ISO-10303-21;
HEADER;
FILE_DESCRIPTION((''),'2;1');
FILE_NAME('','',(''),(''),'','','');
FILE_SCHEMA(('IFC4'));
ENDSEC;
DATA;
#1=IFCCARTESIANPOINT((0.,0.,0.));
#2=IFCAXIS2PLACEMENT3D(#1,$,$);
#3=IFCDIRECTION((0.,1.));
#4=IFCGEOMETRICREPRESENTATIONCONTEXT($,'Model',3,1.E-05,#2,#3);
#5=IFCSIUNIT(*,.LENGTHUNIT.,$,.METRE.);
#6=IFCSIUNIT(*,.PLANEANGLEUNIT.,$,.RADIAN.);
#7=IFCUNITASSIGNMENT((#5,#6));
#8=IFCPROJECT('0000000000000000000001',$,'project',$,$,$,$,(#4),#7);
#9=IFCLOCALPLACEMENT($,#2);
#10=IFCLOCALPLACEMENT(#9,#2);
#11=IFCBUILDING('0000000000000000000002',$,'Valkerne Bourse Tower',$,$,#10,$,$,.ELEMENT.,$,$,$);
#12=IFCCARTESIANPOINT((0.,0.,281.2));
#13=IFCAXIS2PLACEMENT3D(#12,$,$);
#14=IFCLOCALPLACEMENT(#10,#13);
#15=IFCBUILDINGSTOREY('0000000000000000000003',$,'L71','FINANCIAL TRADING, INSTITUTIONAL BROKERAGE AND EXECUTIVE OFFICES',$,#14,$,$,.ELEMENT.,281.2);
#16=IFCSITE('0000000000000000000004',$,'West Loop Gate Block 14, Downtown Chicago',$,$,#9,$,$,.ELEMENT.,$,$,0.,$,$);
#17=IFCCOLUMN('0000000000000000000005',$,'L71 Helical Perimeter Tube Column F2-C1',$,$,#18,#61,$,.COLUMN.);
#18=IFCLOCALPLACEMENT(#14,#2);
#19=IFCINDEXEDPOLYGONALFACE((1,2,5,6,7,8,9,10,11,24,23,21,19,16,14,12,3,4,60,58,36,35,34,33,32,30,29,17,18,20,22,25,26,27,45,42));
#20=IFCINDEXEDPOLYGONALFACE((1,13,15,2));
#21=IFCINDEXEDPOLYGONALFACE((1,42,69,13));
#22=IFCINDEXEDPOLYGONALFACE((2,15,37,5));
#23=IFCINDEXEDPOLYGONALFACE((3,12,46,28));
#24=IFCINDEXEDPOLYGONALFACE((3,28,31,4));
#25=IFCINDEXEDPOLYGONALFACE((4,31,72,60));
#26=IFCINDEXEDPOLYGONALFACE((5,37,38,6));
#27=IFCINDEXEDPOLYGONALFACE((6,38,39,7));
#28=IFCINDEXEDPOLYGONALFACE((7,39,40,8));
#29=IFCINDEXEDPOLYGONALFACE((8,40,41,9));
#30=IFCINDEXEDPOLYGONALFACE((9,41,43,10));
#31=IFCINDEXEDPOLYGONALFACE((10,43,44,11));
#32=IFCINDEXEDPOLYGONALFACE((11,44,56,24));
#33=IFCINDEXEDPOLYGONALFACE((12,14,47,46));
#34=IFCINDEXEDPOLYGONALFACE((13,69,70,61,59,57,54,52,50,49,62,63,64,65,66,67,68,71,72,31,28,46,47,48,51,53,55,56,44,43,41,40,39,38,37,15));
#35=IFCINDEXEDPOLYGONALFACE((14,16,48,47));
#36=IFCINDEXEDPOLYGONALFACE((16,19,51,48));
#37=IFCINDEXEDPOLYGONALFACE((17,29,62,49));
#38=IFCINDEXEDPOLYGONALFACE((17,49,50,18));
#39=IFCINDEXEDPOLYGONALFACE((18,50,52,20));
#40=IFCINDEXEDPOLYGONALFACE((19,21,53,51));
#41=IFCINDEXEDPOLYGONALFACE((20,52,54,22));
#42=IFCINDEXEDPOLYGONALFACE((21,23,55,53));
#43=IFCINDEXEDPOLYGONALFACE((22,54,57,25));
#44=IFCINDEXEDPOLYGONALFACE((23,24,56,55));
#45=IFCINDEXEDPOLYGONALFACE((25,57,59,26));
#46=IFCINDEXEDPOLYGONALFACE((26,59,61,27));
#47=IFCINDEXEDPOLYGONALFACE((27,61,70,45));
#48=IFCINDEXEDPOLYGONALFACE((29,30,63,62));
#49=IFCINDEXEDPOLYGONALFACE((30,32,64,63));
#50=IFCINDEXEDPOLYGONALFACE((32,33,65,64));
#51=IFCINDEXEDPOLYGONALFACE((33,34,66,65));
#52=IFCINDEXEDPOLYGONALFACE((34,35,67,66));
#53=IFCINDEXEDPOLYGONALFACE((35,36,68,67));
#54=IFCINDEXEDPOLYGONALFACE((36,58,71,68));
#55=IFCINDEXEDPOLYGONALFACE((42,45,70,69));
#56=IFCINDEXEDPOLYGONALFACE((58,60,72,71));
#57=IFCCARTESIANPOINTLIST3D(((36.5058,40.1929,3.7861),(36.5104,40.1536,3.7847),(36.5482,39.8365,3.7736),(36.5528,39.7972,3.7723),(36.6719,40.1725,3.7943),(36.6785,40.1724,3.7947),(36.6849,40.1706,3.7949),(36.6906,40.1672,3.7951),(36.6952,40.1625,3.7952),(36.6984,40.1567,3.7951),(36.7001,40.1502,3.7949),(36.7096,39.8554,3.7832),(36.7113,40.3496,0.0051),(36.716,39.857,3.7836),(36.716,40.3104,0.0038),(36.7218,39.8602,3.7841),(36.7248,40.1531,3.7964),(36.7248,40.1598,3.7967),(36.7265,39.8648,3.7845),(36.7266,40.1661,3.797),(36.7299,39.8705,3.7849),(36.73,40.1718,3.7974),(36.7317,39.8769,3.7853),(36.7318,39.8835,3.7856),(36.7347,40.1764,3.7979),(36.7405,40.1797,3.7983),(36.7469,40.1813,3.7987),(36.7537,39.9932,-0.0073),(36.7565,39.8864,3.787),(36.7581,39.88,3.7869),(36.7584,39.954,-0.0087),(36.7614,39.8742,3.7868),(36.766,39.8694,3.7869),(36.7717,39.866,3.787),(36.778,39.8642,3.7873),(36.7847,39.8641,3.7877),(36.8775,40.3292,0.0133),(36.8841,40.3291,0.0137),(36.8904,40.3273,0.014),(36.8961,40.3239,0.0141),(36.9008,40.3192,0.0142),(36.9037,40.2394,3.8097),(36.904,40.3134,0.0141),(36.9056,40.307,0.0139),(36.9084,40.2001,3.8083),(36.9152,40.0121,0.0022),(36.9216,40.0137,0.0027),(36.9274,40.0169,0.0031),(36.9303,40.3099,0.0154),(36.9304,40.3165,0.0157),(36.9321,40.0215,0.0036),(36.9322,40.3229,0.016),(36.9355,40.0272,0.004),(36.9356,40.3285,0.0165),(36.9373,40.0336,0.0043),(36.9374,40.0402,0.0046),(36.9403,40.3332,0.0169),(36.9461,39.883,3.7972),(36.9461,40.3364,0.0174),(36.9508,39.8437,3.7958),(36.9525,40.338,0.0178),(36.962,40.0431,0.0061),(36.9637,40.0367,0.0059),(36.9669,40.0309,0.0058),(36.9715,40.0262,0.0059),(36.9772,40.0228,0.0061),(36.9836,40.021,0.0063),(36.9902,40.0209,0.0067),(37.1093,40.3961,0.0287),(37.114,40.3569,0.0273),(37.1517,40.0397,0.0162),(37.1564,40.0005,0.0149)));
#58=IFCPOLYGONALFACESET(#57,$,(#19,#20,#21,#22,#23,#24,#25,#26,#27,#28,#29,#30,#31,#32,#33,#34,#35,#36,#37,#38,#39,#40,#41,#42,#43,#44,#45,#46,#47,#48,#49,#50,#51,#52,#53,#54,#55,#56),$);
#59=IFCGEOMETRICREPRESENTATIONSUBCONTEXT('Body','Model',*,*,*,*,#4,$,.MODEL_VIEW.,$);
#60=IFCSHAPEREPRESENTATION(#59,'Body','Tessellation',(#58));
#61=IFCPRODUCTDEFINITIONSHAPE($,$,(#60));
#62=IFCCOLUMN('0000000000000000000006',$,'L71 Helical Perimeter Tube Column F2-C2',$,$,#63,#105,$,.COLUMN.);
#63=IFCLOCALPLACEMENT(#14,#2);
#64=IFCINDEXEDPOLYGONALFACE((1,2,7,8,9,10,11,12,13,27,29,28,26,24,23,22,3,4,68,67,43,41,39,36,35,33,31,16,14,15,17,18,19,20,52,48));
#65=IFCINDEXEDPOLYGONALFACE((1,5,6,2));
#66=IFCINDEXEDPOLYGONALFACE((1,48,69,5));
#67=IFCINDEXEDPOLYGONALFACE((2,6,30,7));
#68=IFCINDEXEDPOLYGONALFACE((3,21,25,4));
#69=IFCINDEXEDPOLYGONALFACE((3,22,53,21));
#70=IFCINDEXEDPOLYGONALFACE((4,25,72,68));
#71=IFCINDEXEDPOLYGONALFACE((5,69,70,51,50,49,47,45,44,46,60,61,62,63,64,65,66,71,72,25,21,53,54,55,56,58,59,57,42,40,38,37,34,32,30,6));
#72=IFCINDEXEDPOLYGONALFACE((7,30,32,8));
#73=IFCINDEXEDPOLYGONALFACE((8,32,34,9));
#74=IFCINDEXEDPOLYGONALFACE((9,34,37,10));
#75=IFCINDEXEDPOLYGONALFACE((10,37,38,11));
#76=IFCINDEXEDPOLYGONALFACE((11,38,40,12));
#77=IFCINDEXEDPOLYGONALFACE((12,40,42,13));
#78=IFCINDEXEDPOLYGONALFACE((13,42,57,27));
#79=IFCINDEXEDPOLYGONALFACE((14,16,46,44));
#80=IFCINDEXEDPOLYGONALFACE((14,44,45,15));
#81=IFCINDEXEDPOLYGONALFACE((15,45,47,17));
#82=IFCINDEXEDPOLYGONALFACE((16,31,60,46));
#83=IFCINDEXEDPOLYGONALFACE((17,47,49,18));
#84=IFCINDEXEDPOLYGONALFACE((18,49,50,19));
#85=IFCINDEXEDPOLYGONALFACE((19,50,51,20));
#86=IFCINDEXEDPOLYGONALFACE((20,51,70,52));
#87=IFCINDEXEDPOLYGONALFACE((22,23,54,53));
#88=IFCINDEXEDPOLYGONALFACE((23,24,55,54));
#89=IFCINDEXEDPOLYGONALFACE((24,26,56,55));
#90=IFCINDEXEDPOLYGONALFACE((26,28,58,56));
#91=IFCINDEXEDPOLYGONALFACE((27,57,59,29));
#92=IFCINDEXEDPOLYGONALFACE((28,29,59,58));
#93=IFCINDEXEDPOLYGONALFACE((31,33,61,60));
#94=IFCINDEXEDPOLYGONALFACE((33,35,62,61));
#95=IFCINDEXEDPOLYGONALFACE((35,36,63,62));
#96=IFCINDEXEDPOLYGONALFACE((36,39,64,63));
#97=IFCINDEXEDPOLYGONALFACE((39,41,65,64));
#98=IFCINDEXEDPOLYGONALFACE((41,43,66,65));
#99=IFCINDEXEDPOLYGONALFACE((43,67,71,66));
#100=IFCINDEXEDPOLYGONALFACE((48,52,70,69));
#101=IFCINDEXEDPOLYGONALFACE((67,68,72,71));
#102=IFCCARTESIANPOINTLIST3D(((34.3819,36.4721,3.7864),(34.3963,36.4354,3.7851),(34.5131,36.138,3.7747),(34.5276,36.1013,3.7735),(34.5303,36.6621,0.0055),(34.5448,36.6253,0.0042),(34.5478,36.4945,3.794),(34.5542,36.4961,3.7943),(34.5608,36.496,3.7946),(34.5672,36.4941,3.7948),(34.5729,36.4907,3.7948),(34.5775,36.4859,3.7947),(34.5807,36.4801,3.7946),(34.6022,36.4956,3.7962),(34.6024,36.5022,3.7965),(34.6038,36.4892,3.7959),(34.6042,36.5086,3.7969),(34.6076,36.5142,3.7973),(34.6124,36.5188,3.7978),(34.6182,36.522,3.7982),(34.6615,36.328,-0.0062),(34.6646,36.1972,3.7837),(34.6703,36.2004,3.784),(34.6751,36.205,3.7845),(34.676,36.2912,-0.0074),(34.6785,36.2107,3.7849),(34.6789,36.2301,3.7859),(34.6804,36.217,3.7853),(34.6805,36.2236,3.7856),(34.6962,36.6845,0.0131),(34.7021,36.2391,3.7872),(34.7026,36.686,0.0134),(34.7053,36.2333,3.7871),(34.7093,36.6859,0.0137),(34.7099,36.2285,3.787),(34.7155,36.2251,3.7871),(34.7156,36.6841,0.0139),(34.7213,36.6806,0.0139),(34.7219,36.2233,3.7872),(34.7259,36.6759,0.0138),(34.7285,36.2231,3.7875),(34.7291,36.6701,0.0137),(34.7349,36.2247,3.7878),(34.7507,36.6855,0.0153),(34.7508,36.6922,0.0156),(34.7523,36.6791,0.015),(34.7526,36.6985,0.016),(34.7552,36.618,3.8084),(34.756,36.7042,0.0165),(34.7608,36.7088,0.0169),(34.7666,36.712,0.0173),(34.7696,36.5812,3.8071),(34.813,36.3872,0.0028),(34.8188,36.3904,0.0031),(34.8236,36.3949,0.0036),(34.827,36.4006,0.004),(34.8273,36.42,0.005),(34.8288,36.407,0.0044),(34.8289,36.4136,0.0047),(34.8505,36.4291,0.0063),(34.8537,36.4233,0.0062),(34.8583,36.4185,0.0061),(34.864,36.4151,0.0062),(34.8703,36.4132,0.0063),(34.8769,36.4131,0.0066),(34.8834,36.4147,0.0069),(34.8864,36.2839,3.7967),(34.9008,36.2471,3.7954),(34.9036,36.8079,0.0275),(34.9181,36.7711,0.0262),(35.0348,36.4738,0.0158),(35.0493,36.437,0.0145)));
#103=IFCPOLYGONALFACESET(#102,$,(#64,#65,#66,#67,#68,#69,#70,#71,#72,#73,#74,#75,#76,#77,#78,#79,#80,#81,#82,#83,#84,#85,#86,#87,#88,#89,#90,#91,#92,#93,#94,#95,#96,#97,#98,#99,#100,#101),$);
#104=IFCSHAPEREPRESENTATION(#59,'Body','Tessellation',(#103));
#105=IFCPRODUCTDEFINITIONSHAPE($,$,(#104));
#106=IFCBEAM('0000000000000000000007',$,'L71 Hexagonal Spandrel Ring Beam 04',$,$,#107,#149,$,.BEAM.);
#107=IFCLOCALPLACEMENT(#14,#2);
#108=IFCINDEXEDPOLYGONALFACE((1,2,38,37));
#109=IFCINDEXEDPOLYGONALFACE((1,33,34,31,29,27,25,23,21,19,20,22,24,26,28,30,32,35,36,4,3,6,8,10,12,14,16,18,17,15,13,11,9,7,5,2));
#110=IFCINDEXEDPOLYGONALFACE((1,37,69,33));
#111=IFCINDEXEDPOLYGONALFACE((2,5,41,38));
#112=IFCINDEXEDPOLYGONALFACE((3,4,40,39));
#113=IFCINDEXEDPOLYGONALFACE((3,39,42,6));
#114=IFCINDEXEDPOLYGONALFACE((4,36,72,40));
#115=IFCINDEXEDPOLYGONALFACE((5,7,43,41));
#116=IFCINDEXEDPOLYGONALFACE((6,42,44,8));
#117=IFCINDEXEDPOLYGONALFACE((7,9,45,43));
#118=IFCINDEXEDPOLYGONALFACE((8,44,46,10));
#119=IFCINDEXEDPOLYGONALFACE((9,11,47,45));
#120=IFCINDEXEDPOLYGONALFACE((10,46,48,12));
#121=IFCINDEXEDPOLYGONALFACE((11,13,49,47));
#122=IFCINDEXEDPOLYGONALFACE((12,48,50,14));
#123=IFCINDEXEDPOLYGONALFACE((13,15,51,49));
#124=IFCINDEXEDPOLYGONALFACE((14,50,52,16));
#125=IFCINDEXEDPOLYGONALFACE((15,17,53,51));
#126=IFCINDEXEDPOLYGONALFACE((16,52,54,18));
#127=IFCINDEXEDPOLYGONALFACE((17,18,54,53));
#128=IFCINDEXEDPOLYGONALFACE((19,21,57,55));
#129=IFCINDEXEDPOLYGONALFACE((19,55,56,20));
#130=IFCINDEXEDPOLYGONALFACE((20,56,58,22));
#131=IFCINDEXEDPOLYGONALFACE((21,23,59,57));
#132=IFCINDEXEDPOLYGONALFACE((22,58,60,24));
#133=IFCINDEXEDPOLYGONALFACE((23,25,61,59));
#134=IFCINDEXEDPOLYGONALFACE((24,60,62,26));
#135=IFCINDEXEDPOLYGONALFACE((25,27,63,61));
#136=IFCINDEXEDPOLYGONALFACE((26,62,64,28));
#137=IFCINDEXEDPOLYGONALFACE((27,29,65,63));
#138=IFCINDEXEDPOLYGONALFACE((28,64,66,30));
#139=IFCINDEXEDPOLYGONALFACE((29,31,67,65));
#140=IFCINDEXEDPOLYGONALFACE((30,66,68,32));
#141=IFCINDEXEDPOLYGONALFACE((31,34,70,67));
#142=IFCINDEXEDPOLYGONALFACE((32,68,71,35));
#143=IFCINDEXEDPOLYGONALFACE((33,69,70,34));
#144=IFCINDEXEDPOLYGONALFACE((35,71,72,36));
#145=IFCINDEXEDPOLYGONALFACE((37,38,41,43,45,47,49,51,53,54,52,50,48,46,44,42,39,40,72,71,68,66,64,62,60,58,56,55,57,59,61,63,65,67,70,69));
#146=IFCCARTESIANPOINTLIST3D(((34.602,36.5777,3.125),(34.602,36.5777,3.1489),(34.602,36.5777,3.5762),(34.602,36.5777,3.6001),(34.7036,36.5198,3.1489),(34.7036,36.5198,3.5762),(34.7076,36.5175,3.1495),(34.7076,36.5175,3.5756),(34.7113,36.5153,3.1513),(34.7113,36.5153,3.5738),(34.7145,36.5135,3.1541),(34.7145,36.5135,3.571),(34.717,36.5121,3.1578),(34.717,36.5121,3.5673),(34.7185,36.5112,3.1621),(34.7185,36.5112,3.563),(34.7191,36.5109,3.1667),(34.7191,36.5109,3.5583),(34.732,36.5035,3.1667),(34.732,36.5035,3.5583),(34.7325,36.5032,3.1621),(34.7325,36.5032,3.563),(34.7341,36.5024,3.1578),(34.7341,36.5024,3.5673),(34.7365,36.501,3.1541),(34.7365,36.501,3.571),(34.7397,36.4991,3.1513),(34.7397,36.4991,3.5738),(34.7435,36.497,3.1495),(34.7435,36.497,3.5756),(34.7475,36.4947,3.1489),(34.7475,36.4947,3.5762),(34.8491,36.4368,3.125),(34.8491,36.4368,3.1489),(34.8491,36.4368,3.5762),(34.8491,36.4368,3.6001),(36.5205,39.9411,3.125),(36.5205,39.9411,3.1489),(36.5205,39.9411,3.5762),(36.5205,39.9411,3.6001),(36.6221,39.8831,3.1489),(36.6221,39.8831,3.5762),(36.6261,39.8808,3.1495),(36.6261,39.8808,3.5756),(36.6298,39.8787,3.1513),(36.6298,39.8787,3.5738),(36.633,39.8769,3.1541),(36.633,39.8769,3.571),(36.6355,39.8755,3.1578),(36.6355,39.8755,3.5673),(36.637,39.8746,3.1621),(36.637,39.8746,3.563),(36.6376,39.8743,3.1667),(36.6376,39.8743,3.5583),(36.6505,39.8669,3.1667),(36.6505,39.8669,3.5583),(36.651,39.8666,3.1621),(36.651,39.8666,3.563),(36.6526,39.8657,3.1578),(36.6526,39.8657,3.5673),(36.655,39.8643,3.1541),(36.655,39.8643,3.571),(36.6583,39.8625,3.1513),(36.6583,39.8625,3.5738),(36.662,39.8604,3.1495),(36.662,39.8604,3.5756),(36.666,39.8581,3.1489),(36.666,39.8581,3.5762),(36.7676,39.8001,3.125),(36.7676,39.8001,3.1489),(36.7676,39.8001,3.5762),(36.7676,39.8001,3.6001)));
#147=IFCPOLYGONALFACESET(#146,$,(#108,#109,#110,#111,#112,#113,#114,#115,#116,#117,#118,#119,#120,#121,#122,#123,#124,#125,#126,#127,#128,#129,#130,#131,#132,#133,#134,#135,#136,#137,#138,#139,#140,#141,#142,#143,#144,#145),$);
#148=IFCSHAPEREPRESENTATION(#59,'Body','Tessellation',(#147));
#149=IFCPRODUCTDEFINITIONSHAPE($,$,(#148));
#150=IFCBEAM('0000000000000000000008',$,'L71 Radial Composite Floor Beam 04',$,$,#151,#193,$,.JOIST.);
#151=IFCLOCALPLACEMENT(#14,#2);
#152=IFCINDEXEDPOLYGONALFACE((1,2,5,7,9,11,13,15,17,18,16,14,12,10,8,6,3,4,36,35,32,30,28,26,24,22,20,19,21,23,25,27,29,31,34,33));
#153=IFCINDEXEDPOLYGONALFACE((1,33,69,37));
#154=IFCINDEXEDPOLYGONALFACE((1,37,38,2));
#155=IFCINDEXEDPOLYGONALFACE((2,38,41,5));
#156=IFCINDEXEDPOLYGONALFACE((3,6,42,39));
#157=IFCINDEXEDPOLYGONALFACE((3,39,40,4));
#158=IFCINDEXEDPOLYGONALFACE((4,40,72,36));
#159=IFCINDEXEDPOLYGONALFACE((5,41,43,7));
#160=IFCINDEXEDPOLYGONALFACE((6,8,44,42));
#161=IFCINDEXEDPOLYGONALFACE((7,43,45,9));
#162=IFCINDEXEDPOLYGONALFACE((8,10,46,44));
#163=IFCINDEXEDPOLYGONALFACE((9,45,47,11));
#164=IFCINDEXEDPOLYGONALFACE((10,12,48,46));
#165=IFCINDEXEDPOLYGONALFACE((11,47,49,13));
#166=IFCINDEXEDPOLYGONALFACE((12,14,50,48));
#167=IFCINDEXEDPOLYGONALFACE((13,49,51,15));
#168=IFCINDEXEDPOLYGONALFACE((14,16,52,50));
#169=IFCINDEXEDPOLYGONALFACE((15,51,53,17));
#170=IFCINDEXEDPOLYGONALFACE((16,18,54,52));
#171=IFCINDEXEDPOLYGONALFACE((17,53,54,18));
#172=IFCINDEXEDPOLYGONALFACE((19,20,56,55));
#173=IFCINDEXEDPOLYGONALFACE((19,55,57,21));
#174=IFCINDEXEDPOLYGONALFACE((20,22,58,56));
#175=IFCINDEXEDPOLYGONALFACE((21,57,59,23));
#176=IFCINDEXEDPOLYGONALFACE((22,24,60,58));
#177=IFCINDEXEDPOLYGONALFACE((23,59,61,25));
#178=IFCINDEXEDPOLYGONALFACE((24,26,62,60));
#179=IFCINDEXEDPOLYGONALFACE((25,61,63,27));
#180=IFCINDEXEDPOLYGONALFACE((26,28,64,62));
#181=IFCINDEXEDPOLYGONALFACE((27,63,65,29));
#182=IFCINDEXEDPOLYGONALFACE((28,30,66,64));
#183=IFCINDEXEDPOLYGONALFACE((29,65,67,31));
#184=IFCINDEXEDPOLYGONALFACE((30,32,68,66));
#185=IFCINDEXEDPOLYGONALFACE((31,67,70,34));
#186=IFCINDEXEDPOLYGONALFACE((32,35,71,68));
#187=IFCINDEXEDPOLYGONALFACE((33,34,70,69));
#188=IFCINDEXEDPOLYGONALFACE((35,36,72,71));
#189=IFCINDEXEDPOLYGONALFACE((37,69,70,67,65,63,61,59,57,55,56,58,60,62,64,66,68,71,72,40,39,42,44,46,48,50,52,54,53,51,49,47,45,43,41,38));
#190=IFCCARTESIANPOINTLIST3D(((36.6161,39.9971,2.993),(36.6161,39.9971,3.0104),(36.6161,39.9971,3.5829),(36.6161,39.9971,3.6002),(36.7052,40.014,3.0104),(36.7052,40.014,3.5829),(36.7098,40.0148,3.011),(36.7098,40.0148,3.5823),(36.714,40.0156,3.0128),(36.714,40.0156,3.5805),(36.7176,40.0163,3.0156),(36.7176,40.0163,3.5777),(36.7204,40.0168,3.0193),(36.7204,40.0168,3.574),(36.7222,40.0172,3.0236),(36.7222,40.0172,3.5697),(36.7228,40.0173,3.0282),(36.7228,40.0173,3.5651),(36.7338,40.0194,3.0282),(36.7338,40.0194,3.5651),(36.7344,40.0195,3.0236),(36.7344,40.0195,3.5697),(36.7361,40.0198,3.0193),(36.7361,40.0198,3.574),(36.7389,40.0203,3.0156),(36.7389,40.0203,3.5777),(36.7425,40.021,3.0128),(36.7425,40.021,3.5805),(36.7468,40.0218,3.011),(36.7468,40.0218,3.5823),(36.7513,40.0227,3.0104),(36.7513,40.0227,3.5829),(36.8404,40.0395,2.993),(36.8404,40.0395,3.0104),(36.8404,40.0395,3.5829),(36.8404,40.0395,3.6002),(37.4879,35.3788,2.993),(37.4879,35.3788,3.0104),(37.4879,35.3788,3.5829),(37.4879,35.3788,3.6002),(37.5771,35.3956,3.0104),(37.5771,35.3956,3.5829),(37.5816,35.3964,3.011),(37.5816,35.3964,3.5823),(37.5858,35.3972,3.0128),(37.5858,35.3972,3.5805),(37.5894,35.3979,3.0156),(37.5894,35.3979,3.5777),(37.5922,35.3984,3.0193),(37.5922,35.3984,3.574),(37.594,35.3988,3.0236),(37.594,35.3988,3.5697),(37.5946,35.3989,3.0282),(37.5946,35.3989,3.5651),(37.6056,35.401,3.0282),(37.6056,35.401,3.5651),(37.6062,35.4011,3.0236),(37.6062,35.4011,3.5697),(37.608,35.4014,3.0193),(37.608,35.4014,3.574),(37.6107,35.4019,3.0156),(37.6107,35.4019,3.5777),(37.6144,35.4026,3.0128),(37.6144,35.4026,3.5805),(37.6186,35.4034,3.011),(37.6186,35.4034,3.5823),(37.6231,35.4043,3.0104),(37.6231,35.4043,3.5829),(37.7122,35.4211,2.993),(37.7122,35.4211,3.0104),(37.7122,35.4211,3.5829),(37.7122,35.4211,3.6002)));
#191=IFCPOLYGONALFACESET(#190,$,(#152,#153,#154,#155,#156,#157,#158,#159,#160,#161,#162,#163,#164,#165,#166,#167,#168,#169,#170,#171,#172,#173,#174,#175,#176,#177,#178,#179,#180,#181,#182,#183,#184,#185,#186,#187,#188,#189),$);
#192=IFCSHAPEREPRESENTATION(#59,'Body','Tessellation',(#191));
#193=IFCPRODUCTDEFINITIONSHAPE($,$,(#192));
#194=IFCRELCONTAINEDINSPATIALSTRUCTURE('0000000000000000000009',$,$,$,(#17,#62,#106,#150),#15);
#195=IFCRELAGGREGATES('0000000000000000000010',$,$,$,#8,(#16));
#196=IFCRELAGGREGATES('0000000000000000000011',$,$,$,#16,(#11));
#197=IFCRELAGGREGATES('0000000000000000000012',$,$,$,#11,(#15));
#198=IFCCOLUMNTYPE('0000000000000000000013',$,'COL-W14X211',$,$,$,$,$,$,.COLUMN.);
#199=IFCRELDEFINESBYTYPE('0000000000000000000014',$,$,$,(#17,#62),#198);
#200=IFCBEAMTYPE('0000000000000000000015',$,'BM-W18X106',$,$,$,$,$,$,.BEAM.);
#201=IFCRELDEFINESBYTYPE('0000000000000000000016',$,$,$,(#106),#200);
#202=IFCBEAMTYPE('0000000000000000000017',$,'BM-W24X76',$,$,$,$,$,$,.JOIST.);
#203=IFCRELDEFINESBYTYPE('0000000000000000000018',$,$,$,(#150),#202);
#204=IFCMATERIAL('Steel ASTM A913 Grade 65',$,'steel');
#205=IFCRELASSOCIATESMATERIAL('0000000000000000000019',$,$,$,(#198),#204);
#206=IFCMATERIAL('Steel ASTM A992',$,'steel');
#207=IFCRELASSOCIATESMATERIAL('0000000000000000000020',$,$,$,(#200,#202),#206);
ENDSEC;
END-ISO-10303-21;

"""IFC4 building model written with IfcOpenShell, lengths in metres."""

from ifc_helpers import new_model, si_unit, direction, frame, origin, origin_2d, place, context, subcontext, project, spatial, i_section, extrude, material, material_profile, profile_set, type_object, element, save


model = new_model("IFC4")

# Units and contexts
model_context = context("Model", 3, precision=1e-05, world=origin(), true_north=direction((0.0, 1.0)))
body_context = subcontext(model_context, "Body", "Model", "MODEL_VIEW")
ifc_project = project(units=[si_unit("LENGTHUNIT", "METRE"), si_unit("PLANEANGLEUNIT", "RADIAN")], contexts=[model_context])

# Site, building, storey
site_placement = place(None, origin())
site = spatial("IfcSite", under=ifc_project, at=site_placement, Name="West Loop Gate Block 14, Downtown Chicago", CompositionType="ELEMENT", RefElevation=0.0)
building_placement = place(site_placement, origin())
building = spatial("IfcBuilding", under=site, at=building_placement, Name="Valkerne Bourse Tower", CompositionType="ELEMENT")
storey_placement = place(building_placement, frame((0.0, 0.0, 281.2)))
storey = spatial("IfcBuildingStorey", under=building, at=storey_placement, Name="L71", Description="FINANCIAL TRADING, INSTITUTIONAL BROKERAGE AND EXECUTIVE OFFICES", CompositionType="ELEMENT", Elevation=281.2)

# Columns
ifc_material_1 = material(Name="Steel ASTM A913 Grade 65", Category="steel")
ifc_material_profile_1 = material_profile(ifc_material_1, i_section(OverallWidth=0.4014, OverallDepth=0.3987, WebThickness=0.0249, FlangeThickness=0.0396, FilletRadius=0.0254, at=origin_2d()), Name="W14X211")
ifc_profile_set_1 = profile_set([ifc_material_profile_1], Name="Steel ASTM A913 Grade 65")
column_type = type_object("IfcColumnType", Name="COL-W14X211", PredefinedType="COLUMN", material=ifc_profile_set_1)
column_1_placement = place(storey_placement, frame((36.9338, 40.175, 0.01), z_axis=(-0.054242, -0.041358, 0.997671), x_axis=(-0.991527, -0.115879, -0.058711)))
element("IfcColumn", 1, at=column_1_placement, inside=storey, type_object=column_type, Name="L71 Helical Perimeter Tube Column F2-C1", PredefinedType="COLUMN", context=body_context, shape_type="SweptSolid", body=[
    extrude(i_section(OverallWidth=0.4014, OverallDepth=0.3987, WebThickness=0.0249, FlangeThickness=0.0396, FilletRadius=0.0254, at=origin_2d()), origin(), (0.0, 0.0, 1.0), 3.7898),
])
column_2_placement = place(storey_placement, frame((34.7898, 36.5496, 0.01), z_axis=(-0.039179, -0.050134, 0.997974), x_axis=(-0.930028, -0.363384, -0.054767)))
element("IfcColumn", 2, at=column_2_placement, inside=storey, type_object=column_type, Name="L71 Helical Perimeter Tube Column F2-C2", PredefinedType="COLUMN", context=body_context, shape_type="SweptSolid", body=[
    extrude(i_section(OverallWidth=0.4014, OverallDepth=0.3987, WebThickness=0.0249, FlangeThickness=0.0396, FilletRadius=0.0254, at=origin_2d()), origin(), (0.0, 0.0, 1.0), 3.7886),
])

# Beams
ifc_material_2 = material(Name="Steel ASTM A992", Category="steel")
ifc_material_profile_2 = material_profile(ifc_material_2, i_section(OverallWidth=0.2844, OverallDepth=0.4751, WebThickness=0.0149, FlangeThickness=0.0239, FilletRadius=0.0178, at=origin_2d()), Name="W18X106")
ifc_profile_set_2 = profile_set([ifc_material_profile_2], Name="Steel ASTM A992")
beam_type_1 = type_object("IfcBeamType", Name="BM-W18X106", PredefinedType="BEAM", material=ifc_profile_set_2)
beam_1_placement = place(storey_placement, frame((36.644, 39.8706, 3.3625), z_axis=(-0.495473, -0.868623, 0.0), x_axis=(0.868623, -0.495473, 0.0)))
element("IfcBeam", 3, at=beam_1_placement, inside=storey, type_object=beam_type_1, Name="L71 Hexagonal Spandrel Ring Beam 04", PredefinedType="BEAM", context=body_context, shape_type="SweptSolid", body=[
    extrude(i_section(OverallWidth=0.2844, OverallDepth=0.4751, WebThickness=0.0149, FlangeThickness=0.0239, FilletRadius=0.0178, at=origin_2d()), origin(), (0.0, 0.0, 1.0), 3.8721),
])
ifc_material_profile_3 = material_profile(ifc_material_2, i_section(OverallWidth=0.2283, OverallDepth=0.6072, WebThickness=0.0112, FlangeThickness=0.0173, FilletRadius=0.0178, at=origin_2d()), Name="W24X76")
ifc_profile_set_3 = profile_set([ifc_material_profile_3], Name="Steel ASTM A992")
beam_type_2 = type_object("IfcBeamType", Name="BM-W24X76", PredefinedType="JOIST", material=ifc_profile_set_3)
beam_2_placement = place(storey_placement, frame((36.7283, 40.0183, 3.2966), z_axis=(0.185496, -0.982645, 0.0), x_axis=(0.982645, 0.185496, 0.0)))
element("IfcBeam", 4, at=beam_2_placement, inside=storey, type_object=beam_type_2, Name="L71 Radial Composite Floor Beam 04", PredefinedType="JOIST", context=body_context, shape_type="SweptSolid", body=[
    extrude(i_section(OverallWidth=0.2283, OverallDepth=0.6072, WebThickness=0.0112, FlangeThickness=0.0173, FilletRadius=0.0178, at=origin_2d()), origin(), (0.0, 0.0, 1.0), 4.7),
])

save(model, "model.ifc")
